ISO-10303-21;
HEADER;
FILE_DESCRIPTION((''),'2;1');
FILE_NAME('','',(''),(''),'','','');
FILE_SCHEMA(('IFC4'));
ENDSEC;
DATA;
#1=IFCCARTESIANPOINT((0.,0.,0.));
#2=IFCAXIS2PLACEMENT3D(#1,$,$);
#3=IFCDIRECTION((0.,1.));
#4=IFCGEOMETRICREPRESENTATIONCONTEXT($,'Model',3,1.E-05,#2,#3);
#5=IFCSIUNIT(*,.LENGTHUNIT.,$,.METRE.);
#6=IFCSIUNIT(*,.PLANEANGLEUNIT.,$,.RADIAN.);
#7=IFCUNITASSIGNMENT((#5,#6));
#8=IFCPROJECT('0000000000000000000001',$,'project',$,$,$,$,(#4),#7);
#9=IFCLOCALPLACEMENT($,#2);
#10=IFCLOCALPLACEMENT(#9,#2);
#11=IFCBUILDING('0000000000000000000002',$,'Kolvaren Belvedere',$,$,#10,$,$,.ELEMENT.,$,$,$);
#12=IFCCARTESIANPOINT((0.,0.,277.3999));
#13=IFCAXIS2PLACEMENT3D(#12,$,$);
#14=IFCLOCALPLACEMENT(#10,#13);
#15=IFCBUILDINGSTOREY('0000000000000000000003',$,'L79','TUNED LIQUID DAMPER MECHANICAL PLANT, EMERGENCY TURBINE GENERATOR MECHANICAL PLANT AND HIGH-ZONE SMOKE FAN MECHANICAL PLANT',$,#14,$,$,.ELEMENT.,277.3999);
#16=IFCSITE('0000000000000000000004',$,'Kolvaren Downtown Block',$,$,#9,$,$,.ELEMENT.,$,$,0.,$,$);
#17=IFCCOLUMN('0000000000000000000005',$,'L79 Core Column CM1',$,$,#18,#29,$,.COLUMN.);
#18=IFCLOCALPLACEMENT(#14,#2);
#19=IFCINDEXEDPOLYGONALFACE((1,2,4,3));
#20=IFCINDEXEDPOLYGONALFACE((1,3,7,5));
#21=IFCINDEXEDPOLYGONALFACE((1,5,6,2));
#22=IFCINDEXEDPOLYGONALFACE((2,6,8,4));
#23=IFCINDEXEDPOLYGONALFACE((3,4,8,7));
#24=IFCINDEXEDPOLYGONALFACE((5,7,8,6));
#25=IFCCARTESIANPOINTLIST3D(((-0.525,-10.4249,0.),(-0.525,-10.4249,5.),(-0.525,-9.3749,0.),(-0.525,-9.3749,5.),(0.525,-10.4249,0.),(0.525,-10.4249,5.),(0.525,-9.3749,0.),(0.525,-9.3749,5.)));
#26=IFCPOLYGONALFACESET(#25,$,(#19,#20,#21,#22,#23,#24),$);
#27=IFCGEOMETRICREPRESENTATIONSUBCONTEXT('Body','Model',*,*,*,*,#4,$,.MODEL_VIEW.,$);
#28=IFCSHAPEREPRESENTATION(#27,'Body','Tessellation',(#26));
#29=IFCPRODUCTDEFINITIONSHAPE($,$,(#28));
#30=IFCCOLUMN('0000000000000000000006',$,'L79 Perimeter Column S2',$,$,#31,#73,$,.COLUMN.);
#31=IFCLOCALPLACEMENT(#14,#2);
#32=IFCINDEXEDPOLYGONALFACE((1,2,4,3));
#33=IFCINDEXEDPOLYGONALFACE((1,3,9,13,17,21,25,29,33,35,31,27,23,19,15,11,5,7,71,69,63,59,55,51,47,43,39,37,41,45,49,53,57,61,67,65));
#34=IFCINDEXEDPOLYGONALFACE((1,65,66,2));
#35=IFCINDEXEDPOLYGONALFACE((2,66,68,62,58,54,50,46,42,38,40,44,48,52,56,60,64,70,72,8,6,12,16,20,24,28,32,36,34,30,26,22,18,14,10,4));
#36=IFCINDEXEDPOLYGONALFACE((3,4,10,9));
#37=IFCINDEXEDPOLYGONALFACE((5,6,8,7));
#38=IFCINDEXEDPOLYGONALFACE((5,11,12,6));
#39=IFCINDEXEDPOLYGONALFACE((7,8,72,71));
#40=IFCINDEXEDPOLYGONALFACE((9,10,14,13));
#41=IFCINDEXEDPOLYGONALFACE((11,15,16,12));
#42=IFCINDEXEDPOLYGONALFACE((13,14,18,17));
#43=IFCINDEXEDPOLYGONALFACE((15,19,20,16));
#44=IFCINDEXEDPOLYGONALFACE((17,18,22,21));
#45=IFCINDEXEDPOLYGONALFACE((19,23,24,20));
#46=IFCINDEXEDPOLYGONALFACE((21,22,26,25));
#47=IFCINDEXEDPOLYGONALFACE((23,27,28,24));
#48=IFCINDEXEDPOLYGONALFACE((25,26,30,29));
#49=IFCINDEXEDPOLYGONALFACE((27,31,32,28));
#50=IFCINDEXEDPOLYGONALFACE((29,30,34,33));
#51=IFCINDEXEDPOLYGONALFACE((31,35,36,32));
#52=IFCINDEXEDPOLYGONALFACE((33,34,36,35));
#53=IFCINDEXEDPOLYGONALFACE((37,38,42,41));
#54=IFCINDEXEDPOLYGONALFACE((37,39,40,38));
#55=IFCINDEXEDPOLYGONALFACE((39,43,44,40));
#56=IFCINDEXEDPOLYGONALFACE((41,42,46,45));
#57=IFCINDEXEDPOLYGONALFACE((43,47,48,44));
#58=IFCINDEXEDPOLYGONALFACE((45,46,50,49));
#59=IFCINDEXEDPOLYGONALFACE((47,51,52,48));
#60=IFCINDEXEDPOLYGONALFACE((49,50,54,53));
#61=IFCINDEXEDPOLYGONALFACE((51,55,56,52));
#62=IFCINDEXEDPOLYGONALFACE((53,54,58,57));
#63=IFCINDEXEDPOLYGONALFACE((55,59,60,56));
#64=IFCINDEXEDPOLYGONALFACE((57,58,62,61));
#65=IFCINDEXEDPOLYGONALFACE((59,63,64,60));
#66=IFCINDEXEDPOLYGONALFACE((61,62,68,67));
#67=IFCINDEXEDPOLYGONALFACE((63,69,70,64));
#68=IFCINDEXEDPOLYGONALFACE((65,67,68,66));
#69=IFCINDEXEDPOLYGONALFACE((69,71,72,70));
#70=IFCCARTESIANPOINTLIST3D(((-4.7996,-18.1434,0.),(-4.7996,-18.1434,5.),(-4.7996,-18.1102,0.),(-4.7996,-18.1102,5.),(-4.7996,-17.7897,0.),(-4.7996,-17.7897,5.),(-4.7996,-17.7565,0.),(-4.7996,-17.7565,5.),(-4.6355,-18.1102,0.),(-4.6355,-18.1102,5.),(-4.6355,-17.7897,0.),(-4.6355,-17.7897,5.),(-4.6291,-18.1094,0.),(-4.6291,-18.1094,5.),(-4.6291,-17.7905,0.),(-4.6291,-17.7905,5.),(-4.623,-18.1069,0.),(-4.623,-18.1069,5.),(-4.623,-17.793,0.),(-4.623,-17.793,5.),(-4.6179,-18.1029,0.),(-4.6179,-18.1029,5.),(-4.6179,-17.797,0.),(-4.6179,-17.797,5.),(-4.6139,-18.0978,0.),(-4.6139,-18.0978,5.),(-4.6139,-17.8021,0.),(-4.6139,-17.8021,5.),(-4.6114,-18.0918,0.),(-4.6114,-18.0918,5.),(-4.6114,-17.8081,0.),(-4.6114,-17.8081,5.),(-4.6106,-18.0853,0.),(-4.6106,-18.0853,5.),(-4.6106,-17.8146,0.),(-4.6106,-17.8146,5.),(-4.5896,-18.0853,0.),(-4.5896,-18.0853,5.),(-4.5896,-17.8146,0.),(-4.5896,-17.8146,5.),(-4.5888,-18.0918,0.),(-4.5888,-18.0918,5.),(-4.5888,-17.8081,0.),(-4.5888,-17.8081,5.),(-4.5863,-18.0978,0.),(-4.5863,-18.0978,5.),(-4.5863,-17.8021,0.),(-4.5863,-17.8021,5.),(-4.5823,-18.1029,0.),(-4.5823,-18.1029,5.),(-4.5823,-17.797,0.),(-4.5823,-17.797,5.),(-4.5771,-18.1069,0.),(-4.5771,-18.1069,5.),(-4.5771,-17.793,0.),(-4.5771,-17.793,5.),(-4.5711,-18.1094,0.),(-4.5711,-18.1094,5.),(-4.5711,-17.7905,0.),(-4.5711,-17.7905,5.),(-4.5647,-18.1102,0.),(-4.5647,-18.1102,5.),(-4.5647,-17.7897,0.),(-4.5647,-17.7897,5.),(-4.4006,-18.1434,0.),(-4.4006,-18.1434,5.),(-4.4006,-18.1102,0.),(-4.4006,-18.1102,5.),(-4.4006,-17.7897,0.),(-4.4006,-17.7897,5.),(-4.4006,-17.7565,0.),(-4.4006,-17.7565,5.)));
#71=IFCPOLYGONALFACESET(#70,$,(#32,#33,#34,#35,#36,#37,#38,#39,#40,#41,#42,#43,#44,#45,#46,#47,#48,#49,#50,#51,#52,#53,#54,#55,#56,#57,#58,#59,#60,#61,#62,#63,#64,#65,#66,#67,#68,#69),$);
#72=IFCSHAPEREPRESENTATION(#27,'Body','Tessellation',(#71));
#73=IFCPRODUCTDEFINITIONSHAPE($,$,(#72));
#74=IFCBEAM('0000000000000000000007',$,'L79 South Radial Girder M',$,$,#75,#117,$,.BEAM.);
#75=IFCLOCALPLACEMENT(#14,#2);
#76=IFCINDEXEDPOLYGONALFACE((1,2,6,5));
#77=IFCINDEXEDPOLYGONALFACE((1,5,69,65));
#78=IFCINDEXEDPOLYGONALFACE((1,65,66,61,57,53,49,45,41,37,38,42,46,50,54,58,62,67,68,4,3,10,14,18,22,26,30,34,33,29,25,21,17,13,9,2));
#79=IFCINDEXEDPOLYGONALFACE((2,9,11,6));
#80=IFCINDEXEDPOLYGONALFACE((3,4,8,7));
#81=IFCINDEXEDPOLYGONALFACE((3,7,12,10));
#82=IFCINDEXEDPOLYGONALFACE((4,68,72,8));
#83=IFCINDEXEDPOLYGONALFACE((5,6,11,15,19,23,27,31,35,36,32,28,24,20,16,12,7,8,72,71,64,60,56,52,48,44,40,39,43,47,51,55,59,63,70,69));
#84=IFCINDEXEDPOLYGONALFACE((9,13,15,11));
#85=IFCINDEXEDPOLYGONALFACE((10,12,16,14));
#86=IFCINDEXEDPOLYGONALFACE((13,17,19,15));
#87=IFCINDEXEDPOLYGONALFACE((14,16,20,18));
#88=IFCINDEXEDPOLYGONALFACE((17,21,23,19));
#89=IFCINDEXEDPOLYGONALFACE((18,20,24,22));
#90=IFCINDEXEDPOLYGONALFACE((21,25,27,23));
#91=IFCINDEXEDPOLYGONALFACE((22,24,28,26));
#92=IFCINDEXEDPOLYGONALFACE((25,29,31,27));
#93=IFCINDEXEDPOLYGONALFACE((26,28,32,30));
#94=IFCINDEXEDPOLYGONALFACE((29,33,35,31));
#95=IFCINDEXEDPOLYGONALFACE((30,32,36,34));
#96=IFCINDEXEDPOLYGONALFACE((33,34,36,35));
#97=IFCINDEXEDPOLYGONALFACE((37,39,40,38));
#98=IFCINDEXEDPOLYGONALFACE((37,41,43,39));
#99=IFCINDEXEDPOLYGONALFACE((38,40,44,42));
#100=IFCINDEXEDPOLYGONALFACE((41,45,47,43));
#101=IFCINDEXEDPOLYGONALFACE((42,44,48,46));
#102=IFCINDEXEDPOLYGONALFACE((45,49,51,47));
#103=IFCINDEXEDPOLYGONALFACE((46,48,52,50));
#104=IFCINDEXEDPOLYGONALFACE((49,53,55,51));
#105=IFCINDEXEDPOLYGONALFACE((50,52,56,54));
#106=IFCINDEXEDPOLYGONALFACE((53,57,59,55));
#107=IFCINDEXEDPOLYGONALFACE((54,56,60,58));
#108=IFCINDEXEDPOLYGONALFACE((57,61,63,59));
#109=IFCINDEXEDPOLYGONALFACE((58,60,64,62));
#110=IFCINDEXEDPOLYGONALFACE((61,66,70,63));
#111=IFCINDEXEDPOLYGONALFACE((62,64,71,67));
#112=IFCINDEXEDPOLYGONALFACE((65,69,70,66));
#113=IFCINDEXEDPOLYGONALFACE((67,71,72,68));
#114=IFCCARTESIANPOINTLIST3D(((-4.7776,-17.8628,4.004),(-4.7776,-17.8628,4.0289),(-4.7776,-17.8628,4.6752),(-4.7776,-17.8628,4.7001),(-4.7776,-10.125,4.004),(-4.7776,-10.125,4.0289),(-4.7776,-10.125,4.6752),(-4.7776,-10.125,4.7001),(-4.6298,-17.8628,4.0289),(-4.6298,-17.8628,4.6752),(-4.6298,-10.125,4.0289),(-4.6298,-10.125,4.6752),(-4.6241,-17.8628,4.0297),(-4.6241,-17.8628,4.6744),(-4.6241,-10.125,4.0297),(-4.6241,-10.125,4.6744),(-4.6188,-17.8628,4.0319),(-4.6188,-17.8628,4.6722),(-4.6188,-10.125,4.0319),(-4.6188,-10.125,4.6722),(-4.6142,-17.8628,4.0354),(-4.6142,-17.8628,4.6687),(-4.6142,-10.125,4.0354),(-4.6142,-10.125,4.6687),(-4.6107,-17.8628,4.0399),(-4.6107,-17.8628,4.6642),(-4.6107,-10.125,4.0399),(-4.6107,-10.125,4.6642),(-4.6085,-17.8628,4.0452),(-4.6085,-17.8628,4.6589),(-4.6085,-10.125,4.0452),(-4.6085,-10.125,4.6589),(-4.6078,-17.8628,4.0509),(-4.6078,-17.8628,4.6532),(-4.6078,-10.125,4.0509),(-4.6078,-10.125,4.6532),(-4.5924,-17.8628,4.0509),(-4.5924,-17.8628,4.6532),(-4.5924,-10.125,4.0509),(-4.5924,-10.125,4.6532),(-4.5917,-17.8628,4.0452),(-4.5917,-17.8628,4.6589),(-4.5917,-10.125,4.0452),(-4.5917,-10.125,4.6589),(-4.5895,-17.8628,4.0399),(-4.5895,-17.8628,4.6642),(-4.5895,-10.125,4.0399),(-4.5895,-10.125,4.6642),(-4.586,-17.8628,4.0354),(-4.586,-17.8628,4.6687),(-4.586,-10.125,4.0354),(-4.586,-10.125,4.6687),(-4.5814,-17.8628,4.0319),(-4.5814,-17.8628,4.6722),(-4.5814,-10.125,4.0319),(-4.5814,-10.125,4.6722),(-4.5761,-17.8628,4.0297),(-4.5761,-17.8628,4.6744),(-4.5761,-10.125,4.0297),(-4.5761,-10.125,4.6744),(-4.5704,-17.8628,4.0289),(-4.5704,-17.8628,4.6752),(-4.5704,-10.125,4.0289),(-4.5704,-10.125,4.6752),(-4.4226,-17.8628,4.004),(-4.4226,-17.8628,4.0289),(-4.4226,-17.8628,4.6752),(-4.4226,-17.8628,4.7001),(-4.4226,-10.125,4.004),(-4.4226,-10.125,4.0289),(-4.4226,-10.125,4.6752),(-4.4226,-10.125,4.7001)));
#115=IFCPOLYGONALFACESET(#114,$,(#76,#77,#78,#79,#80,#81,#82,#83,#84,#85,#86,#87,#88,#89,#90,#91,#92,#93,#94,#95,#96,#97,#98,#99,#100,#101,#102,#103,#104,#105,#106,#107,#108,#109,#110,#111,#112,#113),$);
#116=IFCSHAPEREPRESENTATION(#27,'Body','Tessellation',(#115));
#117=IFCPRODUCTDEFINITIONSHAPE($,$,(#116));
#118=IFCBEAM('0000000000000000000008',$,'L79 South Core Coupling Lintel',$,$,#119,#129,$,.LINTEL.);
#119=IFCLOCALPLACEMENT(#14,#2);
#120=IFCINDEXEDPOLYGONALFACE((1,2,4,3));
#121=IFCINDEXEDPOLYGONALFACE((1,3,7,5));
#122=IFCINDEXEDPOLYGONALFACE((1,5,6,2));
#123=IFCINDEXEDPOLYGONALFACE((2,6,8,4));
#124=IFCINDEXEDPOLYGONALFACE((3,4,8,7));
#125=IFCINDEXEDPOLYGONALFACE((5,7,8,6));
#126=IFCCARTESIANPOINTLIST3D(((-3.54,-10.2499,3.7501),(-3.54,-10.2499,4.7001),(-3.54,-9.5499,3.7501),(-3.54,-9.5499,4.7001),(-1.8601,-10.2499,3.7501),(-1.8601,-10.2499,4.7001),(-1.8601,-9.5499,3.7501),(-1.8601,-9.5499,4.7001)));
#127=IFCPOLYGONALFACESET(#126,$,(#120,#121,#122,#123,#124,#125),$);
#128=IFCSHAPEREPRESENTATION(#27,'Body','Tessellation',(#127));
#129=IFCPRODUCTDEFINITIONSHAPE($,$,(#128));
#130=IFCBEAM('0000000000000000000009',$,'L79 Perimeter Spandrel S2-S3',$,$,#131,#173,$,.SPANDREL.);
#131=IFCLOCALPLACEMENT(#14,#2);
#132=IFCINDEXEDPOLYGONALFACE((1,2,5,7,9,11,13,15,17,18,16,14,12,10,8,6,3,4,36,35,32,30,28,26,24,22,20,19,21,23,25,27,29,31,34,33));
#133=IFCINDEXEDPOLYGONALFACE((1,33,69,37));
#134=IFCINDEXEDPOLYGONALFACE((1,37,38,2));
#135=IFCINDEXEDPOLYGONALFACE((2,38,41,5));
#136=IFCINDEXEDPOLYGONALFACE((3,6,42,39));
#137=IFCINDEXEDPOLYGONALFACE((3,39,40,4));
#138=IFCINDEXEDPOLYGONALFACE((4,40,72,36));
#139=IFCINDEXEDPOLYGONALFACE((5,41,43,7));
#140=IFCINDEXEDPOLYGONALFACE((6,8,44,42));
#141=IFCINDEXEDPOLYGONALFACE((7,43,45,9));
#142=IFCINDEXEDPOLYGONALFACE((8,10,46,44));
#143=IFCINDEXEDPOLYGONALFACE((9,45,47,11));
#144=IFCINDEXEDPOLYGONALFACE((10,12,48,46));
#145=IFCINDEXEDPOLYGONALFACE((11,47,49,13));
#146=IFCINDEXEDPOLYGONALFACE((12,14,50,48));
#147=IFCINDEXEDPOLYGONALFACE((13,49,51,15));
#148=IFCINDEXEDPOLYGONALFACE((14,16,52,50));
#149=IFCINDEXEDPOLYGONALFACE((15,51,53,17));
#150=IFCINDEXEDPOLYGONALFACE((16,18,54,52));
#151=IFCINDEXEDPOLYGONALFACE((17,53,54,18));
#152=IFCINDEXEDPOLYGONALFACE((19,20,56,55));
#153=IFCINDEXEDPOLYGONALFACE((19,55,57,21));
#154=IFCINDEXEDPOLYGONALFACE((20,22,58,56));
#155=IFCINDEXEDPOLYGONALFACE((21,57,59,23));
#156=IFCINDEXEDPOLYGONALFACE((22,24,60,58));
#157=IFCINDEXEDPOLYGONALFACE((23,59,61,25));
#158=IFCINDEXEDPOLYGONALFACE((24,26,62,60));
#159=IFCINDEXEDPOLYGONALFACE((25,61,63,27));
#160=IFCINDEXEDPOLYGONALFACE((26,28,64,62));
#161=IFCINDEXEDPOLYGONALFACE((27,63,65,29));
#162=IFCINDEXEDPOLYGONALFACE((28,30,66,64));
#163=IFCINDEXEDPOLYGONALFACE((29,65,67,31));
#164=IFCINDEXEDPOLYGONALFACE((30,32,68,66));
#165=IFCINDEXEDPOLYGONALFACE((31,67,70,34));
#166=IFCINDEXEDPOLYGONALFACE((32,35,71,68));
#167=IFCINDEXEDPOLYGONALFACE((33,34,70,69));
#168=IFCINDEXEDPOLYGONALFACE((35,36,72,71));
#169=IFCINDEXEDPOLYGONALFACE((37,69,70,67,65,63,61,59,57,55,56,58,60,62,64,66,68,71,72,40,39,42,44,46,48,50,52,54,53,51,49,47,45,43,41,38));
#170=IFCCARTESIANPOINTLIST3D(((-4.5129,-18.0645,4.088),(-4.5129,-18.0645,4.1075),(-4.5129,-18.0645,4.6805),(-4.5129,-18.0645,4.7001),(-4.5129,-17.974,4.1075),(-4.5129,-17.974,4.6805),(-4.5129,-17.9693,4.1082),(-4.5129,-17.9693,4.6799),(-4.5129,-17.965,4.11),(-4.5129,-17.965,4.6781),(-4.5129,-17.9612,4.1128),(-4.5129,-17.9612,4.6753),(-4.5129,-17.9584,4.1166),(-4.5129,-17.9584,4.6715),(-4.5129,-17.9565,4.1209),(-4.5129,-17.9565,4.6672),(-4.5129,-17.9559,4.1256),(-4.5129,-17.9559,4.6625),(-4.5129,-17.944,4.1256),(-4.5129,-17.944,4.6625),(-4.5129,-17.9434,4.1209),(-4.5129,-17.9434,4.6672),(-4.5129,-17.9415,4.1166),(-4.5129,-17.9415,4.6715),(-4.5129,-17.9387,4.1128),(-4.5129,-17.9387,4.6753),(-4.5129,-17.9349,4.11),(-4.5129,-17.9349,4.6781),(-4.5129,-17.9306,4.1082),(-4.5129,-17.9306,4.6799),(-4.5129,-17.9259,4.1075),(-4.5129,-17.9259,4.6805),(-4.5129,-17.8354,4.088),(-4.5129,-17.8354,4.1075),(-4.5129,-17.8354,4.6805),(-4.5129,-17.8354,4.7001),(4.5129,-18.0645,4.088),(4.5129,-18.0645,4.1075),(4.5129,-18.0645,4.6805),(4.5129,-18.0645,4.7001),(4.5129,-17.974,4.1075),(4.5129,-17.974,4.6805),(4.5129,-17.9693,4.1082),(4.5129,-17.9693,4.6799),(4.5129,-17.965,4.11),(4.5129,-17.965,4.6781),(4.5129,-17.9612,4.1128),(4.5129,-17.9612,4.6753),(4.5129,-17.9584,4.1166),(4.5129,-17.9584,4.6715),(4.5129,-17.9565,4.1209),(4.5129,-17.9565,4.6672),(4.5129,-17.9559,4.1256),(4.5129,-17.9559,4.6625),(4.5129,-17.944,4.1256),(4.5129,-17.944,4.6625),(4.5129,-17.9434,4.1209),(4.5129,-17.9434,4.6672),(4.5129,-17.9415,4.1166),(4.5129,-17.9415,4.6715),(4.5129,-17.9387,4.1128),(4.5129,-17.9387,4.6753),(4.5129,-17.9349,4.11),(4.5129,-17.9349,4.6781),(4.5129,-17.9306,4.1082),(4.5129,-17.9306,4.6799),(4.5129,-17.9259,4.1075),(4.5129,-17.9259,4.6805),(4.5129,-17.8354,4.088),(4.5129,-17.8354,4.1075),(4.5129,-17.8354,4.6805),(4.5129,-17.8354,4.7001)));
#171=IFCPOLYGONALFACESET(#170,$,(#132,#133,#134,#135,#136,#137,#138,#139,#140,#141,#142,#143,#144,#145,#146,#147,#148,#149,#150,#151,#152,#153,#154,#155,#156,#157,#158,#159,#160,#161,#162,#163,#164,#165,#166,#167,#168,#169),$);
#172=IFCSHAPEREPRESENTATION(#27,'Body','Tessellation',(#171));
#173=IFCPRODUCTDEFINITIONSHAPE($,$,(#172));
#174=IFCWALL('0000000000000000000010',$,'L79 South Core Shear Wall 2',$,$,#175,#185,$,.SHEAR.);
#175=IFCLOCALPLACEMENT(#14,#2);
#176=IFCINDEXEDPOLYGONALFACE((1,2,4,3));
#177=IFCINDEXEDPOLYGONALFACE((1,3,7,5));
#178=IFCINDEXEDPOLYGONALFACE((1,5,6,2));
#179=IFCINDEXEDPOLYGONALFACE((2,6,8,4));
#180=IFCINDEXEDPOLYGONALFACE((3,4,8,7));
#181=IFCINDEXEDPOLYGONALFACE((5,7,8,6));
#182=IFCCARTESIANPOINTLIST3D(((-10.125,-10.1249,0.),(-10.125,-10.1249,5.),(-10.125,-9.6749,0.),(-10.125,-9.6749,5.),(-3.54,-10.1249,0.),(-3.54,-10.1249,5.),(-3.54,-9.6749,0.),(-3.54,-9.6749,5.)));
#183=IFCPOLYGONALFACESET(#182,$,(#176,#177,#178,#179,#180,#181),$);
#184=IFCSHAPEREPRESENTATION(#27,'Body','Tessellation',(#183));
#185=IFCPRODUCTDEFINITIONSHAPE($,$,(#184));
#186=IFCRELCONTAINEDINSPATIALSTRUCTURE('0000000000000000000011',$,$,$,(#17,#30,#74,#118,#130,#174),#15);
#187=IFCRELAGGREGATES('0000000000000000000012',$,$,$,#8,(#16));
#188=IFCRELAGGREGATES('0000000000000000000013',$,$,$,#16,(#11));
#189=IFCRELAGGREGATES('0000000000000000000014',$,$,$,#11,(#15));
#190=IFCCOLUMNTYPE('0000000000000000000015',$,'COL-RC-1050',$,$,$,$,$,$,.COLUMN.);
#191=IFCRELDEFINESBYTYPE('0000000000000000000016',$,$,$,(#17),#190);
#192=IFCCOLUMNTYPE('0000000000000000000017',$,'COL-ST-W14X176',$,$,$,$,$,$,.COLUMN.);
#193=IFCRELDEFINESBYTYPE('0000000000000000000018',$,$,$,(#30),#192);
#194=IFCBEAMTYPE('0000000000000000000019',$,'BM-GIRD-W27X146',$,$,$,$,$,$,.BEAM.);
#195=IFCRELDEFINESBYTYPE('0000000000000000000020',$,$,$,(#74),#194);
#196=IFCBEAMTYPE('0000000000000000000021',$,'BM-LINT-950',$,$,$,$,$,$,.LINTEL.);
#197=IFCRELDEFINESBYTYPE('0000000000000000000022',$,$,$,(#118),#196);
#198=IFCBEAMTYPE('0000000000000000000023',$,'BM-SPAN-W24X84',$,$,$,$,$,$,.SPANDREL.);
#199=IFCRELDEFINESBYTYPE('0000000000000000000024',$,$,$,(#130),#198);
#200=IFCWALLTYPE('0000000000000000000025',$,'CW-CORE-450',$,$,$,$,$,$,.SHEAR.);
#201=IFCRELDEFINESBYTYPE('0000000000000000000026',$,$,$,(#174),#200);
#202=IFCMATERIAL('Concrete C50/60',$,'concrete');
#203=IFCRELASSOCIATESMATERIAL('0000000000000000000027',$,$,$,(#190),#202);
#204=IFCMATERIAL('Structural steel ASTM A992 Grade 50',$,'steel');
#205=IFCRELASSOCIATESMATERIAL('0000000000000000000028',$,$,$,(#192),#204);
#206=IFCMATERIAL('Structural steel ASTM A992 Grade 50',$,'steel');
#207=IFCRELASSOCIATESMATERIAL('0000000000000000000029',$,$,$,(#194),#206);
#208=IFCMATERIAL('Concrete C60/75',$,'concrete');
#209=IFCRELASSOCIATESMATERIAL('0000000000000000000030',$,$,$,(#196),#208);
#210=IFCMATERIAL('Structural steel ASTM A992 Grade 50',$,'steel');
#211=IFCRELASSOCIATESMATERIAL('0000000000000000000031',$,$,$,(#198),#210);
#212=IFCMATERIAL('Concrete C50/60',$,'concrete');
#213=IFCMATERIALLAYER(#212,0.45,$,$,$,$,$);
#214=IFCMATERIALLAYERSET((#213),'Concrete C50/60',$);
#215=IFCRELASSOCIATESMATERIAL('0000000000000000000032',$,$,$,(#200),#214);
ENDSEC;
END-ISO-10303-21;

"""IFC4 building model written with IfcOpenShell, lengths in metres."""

from ifc_helpers import new_model, si_unit, direction, frame, frame_2d, origin, origin_2d, place, context, subcontext, project, spatial, rectangle, i_section, extrude, material, layer, layer_set, material_profile, profile_set, type_object, element, save


model = new_model("IFC4")

# Units and contexts
model_context = context("Model", 3, precision=1e-05, world=origin(), true_north=direction((0.0, 1.0)))
body_context = subcontext(model_context, "Body", "Model", "MODEL_VIEW")
ifc_project = project(units=[si_unit("LENGTHUNIT", "METRE"), si_unit("PLANEANGLEUNIT", "RADIAN")], contexts=[model_context])

# Site, building, storey
site_placement = place(None, origin())
site = spatial("IfcSite", under=ifc_project, at=site_placement, Name="Kolvaren Downtown Block", CompositionType="ELEMENT", RefElevation=0.0)
building_placement = place(site_placement, origin())
building = spatial("IfcBuilding", under=site, at=building_placement, Name="Kolvaren Belvedere", CompositionType="ELEMENT")
storey_placement = place(building_placement, frame((0.0, 0.0, 277.3999)))
storey = spatial("IfcBuildingStorey", under=building, at=storey_placement, Name="L79", Description="TUNED LIQUID DAMPER MECHANICAL PLANT, EMERGENCY TURBINE GENERATOR MECHANICAL PLANT AND HIGH-ZONE SMOKE FAN MECHANICAL PLANT", CompositionType="ELEMENT", Elevation=277.3999)

# Columns
ifc_material_1 = material(Name="Concrete C50/60", Category="concrete")
ifc_material_profile_1 = material_profile(ifc_material_1, rectangle(XDim=1.05, YDim=1.05, at=origin_2d()), Name="RC 1050X1050")
ifc_profile_set_1 = profile_set([ifc_material_profile_1], Name="Concrete C50/60")
column_type_1 = type_object("IfcColumnType", Name="COL-RC-1050", PredefinedType="COLUMN", material=ifc_profile_set_1)
column_1_placement = place(storey_placement, frame((0.0, -9.8999, 0.0), z_axis=(0.0, 0.0, 1.0), x_axis=(1.0, 0.0, 0.0)))
element("IfcColumn", 1, at=column_1_placement, inside=storey, type_object=column_type_1, Name="L79 Core Column CM1", PredefinedType="COLUMN", context=body_context, shape_type="SweptSolid", body=[
    extrude(rectangle(XDim=1.05, YDim=1.05, at=origin_2d()), origin(), (0.0, 0.0, 1.0), 5.0),
])
ifc_material_2 = material(Name="Structural steel ASTM A992 Grade 50", Category="steel")
ifc_material_profile_2 = material_profile(ifc_material_2, i_section(OverallWidth=0.3989, OverallDepth=0.387, WebThickness=0.021, FlangeThickness=0.0332, FilletRadius=0.0249, at=origin_2d()), Name="W14X176")
ifc_profile_set_2 = profile_set([ifc_material_profile_2], Name="Structural steel ASTM A992 Grade 50")
column_type_2 = type_object("IfcColumnType", Name="COL-ST-W14X176", PredefinedType="COLUMN", material=ifc_profile_set_2)
column_2_placement = place(storey_placement, frame((-4.6001, -17.95, 0.0), z_axis=(0.0, 0.0, 1.0), x_axis=(1.0, 0.0, 0.0)))
element("IfcColumn", 2, at=column_2_placement, inside=storey, type_object=column_type_2, Name="L79 Perimeter Column S2", PredefinedType="COLUMN", context=body_context, shape_type="SweptSolid", body=[
    extrude(i_section(OverallWidth=0.3989, OverallDepth=0.387, WebThickness=0.021, FlangeThickness=0.0332, FilletRadius=0.0249, at=origin_2d()), origin(), (0.0, 0.0, 1.0), 5.0),
])

# Beams
ifc_material_3 = material(Name="Structural steel ASTM A992 Grade 50", Category="steel")
ifc_material_profile_3 = material_profile(ifc_material_3, i_section(OverallWidth=0.355, OverallDepth=0.696, WebThickness=0.0154, FlangeThickness=0.0249, FilletRadius=0.022, at=origin_2d()), Name="W27X146")
ifc_profile_set_3 = profile_set([ifc_material_profile_3], Name="Structural steel ASTM A992 Grade 50")
beam_type_1 = type_object("IfcBeamType", Name="BM-GIRD-W27X146", PredefinedType="BEAM", material=ifc_profile_set_3)
beam_1_placement = place(storey_placement, frame((-4.6001, -10.125, 4.3521), z_axis=(0.0, -1.0, 0.0), x_axis=(1.0, 0.0, 0.0)))
element("IfcBeam", 3, at=beam_1_placement, inside=storey, type_object=beam_type_1, Name="L79 South Radial Girder M", PredefinedType="BEAM", context=body_context, shape_type="SweptSolid", body=[
    extrude(i_section(OverallWidth=0.355, OverallDepth=0.696, WebThickness=0.0154, FlangeThickness=0.0249, FilletRadius=0.022, at=origin_2d()), origin(), (0.0, 0.0, 1.0), 7.7378),
])
ifc_material_4 = material(Name="Concrete C60/75", Category="concrete")
ifc_material_profile_4 = material_profile(ifc_material_4, rectangle(XDim=0.7, YDim=0.95, at=origin_2d()), Name="RC 700X950")
ifc_profile_set_4 = profile_set([ifc_material_profile_4], Name="Concrete C60/75")
beam_type_2 = type_object("IfcBeamType", Name="BM-LINT-950", PredefinedType="LINTEL", material=ifc_profile_set_4)
beam_2_placement = place(storey_placement, frame((-3.54, -9.8999, 4.2251), z_axis=(1.0, 0.0, 0.0), x_axis=(0.0, 1.0, 0.0)))
element("IfcBeam", 4, at=beam_2_placement, inside=storey, type_object=beam_type_2, Name="L79 South Core Coupling Lintel", PredefinedType="LINTEL", context=body_context, shape_type="SweptSolid", body=[
    extrude(rectangle(XDim=0.7, YDim=0.95, at=origin_2d()), origin(), (0.0, 0.0, 1.0), 1.6799),
])
ifc_material_5 = material(Name="Structural steel ASTM A992 Grade 50", Category="steel")
ifc_material_profile_5 = material_profile(ifc_material_5, i_section(OverallWidth=0.229, OverallDepth=0.6121, WebThickness=0.012, FlangeThickness=0.0195, FilletRadius=0.0181, at=origin_2d()), Name="W24X84")
ifc_profile_set_5 = profile_set([ifc_material_profile_5], Name="Structural steel ASTM A992 Grade 50")
beam_type_3 = type_object("IfcBeamType", Name="BM-SPAN-W24X84", PredefinedType="SPANDREL", material=ifc_profile_set_5)
beam_3_placement = place(storey_placement, frame((-4.5129, -17.95, 4.394), z_axis=(1.0, 0.0, 0.0), x_axis=(0.0, 1.0, 0.0)))
element("IfcBeam", 5, at=beam_3_placement, inside=storey, type_object=beam_type_3, Name="L79 Perimeter Spandrel S2-S3", PredefinedType="SPANDREL", context=body_context, shape_type="SweptSolid", body=[
    extrude(i_section(OverallWidth=0.229, OverallDepth=0.6121, WebThickness=0.012, FlangeThickness=0.0195, FilletRadius=0.0181, at=origin_2d()), origin(), (0.0, 0.0, 1.0), 9.0259),
])

# Wall
ifc_material_6 = material(Name="Concrete C50/60", Category="concrete")
ifc_layer_1 = layer(ifc_material_6, 0.45)
ifc_layer_set_1 = layer_set([ifc_layer_1], Name="Concrete C50/60")
wall_type_1 = type_object("IfcWallType", Name="CW-CORE-450", PredefinedType="SHEAR", material=ifc_layer_set_1)
wall_1_placement = place(storey_placement, frame((-3.54, -9.8999, 0.0), z_axis=(0.0, 0.0, 1.0), x_axis=(-1.0, 0.0, 0.0)))
element("IfcWall", 6, at=wall_1_placement, inside=storey, type_object=wall_type_1, Name="L79 South Core Shear Wall 2", PredefinedType="SHEAR", context=body_context, shape_type="SweptSolid", body=[
    extrude(rectangle(XDim=6.585, YDim=0.45, at=frame_2d((3.2925, 0.0))), origin(), (0.0, 0.0, 1.0), 5.0),
])

save(model, "model.ifc")
